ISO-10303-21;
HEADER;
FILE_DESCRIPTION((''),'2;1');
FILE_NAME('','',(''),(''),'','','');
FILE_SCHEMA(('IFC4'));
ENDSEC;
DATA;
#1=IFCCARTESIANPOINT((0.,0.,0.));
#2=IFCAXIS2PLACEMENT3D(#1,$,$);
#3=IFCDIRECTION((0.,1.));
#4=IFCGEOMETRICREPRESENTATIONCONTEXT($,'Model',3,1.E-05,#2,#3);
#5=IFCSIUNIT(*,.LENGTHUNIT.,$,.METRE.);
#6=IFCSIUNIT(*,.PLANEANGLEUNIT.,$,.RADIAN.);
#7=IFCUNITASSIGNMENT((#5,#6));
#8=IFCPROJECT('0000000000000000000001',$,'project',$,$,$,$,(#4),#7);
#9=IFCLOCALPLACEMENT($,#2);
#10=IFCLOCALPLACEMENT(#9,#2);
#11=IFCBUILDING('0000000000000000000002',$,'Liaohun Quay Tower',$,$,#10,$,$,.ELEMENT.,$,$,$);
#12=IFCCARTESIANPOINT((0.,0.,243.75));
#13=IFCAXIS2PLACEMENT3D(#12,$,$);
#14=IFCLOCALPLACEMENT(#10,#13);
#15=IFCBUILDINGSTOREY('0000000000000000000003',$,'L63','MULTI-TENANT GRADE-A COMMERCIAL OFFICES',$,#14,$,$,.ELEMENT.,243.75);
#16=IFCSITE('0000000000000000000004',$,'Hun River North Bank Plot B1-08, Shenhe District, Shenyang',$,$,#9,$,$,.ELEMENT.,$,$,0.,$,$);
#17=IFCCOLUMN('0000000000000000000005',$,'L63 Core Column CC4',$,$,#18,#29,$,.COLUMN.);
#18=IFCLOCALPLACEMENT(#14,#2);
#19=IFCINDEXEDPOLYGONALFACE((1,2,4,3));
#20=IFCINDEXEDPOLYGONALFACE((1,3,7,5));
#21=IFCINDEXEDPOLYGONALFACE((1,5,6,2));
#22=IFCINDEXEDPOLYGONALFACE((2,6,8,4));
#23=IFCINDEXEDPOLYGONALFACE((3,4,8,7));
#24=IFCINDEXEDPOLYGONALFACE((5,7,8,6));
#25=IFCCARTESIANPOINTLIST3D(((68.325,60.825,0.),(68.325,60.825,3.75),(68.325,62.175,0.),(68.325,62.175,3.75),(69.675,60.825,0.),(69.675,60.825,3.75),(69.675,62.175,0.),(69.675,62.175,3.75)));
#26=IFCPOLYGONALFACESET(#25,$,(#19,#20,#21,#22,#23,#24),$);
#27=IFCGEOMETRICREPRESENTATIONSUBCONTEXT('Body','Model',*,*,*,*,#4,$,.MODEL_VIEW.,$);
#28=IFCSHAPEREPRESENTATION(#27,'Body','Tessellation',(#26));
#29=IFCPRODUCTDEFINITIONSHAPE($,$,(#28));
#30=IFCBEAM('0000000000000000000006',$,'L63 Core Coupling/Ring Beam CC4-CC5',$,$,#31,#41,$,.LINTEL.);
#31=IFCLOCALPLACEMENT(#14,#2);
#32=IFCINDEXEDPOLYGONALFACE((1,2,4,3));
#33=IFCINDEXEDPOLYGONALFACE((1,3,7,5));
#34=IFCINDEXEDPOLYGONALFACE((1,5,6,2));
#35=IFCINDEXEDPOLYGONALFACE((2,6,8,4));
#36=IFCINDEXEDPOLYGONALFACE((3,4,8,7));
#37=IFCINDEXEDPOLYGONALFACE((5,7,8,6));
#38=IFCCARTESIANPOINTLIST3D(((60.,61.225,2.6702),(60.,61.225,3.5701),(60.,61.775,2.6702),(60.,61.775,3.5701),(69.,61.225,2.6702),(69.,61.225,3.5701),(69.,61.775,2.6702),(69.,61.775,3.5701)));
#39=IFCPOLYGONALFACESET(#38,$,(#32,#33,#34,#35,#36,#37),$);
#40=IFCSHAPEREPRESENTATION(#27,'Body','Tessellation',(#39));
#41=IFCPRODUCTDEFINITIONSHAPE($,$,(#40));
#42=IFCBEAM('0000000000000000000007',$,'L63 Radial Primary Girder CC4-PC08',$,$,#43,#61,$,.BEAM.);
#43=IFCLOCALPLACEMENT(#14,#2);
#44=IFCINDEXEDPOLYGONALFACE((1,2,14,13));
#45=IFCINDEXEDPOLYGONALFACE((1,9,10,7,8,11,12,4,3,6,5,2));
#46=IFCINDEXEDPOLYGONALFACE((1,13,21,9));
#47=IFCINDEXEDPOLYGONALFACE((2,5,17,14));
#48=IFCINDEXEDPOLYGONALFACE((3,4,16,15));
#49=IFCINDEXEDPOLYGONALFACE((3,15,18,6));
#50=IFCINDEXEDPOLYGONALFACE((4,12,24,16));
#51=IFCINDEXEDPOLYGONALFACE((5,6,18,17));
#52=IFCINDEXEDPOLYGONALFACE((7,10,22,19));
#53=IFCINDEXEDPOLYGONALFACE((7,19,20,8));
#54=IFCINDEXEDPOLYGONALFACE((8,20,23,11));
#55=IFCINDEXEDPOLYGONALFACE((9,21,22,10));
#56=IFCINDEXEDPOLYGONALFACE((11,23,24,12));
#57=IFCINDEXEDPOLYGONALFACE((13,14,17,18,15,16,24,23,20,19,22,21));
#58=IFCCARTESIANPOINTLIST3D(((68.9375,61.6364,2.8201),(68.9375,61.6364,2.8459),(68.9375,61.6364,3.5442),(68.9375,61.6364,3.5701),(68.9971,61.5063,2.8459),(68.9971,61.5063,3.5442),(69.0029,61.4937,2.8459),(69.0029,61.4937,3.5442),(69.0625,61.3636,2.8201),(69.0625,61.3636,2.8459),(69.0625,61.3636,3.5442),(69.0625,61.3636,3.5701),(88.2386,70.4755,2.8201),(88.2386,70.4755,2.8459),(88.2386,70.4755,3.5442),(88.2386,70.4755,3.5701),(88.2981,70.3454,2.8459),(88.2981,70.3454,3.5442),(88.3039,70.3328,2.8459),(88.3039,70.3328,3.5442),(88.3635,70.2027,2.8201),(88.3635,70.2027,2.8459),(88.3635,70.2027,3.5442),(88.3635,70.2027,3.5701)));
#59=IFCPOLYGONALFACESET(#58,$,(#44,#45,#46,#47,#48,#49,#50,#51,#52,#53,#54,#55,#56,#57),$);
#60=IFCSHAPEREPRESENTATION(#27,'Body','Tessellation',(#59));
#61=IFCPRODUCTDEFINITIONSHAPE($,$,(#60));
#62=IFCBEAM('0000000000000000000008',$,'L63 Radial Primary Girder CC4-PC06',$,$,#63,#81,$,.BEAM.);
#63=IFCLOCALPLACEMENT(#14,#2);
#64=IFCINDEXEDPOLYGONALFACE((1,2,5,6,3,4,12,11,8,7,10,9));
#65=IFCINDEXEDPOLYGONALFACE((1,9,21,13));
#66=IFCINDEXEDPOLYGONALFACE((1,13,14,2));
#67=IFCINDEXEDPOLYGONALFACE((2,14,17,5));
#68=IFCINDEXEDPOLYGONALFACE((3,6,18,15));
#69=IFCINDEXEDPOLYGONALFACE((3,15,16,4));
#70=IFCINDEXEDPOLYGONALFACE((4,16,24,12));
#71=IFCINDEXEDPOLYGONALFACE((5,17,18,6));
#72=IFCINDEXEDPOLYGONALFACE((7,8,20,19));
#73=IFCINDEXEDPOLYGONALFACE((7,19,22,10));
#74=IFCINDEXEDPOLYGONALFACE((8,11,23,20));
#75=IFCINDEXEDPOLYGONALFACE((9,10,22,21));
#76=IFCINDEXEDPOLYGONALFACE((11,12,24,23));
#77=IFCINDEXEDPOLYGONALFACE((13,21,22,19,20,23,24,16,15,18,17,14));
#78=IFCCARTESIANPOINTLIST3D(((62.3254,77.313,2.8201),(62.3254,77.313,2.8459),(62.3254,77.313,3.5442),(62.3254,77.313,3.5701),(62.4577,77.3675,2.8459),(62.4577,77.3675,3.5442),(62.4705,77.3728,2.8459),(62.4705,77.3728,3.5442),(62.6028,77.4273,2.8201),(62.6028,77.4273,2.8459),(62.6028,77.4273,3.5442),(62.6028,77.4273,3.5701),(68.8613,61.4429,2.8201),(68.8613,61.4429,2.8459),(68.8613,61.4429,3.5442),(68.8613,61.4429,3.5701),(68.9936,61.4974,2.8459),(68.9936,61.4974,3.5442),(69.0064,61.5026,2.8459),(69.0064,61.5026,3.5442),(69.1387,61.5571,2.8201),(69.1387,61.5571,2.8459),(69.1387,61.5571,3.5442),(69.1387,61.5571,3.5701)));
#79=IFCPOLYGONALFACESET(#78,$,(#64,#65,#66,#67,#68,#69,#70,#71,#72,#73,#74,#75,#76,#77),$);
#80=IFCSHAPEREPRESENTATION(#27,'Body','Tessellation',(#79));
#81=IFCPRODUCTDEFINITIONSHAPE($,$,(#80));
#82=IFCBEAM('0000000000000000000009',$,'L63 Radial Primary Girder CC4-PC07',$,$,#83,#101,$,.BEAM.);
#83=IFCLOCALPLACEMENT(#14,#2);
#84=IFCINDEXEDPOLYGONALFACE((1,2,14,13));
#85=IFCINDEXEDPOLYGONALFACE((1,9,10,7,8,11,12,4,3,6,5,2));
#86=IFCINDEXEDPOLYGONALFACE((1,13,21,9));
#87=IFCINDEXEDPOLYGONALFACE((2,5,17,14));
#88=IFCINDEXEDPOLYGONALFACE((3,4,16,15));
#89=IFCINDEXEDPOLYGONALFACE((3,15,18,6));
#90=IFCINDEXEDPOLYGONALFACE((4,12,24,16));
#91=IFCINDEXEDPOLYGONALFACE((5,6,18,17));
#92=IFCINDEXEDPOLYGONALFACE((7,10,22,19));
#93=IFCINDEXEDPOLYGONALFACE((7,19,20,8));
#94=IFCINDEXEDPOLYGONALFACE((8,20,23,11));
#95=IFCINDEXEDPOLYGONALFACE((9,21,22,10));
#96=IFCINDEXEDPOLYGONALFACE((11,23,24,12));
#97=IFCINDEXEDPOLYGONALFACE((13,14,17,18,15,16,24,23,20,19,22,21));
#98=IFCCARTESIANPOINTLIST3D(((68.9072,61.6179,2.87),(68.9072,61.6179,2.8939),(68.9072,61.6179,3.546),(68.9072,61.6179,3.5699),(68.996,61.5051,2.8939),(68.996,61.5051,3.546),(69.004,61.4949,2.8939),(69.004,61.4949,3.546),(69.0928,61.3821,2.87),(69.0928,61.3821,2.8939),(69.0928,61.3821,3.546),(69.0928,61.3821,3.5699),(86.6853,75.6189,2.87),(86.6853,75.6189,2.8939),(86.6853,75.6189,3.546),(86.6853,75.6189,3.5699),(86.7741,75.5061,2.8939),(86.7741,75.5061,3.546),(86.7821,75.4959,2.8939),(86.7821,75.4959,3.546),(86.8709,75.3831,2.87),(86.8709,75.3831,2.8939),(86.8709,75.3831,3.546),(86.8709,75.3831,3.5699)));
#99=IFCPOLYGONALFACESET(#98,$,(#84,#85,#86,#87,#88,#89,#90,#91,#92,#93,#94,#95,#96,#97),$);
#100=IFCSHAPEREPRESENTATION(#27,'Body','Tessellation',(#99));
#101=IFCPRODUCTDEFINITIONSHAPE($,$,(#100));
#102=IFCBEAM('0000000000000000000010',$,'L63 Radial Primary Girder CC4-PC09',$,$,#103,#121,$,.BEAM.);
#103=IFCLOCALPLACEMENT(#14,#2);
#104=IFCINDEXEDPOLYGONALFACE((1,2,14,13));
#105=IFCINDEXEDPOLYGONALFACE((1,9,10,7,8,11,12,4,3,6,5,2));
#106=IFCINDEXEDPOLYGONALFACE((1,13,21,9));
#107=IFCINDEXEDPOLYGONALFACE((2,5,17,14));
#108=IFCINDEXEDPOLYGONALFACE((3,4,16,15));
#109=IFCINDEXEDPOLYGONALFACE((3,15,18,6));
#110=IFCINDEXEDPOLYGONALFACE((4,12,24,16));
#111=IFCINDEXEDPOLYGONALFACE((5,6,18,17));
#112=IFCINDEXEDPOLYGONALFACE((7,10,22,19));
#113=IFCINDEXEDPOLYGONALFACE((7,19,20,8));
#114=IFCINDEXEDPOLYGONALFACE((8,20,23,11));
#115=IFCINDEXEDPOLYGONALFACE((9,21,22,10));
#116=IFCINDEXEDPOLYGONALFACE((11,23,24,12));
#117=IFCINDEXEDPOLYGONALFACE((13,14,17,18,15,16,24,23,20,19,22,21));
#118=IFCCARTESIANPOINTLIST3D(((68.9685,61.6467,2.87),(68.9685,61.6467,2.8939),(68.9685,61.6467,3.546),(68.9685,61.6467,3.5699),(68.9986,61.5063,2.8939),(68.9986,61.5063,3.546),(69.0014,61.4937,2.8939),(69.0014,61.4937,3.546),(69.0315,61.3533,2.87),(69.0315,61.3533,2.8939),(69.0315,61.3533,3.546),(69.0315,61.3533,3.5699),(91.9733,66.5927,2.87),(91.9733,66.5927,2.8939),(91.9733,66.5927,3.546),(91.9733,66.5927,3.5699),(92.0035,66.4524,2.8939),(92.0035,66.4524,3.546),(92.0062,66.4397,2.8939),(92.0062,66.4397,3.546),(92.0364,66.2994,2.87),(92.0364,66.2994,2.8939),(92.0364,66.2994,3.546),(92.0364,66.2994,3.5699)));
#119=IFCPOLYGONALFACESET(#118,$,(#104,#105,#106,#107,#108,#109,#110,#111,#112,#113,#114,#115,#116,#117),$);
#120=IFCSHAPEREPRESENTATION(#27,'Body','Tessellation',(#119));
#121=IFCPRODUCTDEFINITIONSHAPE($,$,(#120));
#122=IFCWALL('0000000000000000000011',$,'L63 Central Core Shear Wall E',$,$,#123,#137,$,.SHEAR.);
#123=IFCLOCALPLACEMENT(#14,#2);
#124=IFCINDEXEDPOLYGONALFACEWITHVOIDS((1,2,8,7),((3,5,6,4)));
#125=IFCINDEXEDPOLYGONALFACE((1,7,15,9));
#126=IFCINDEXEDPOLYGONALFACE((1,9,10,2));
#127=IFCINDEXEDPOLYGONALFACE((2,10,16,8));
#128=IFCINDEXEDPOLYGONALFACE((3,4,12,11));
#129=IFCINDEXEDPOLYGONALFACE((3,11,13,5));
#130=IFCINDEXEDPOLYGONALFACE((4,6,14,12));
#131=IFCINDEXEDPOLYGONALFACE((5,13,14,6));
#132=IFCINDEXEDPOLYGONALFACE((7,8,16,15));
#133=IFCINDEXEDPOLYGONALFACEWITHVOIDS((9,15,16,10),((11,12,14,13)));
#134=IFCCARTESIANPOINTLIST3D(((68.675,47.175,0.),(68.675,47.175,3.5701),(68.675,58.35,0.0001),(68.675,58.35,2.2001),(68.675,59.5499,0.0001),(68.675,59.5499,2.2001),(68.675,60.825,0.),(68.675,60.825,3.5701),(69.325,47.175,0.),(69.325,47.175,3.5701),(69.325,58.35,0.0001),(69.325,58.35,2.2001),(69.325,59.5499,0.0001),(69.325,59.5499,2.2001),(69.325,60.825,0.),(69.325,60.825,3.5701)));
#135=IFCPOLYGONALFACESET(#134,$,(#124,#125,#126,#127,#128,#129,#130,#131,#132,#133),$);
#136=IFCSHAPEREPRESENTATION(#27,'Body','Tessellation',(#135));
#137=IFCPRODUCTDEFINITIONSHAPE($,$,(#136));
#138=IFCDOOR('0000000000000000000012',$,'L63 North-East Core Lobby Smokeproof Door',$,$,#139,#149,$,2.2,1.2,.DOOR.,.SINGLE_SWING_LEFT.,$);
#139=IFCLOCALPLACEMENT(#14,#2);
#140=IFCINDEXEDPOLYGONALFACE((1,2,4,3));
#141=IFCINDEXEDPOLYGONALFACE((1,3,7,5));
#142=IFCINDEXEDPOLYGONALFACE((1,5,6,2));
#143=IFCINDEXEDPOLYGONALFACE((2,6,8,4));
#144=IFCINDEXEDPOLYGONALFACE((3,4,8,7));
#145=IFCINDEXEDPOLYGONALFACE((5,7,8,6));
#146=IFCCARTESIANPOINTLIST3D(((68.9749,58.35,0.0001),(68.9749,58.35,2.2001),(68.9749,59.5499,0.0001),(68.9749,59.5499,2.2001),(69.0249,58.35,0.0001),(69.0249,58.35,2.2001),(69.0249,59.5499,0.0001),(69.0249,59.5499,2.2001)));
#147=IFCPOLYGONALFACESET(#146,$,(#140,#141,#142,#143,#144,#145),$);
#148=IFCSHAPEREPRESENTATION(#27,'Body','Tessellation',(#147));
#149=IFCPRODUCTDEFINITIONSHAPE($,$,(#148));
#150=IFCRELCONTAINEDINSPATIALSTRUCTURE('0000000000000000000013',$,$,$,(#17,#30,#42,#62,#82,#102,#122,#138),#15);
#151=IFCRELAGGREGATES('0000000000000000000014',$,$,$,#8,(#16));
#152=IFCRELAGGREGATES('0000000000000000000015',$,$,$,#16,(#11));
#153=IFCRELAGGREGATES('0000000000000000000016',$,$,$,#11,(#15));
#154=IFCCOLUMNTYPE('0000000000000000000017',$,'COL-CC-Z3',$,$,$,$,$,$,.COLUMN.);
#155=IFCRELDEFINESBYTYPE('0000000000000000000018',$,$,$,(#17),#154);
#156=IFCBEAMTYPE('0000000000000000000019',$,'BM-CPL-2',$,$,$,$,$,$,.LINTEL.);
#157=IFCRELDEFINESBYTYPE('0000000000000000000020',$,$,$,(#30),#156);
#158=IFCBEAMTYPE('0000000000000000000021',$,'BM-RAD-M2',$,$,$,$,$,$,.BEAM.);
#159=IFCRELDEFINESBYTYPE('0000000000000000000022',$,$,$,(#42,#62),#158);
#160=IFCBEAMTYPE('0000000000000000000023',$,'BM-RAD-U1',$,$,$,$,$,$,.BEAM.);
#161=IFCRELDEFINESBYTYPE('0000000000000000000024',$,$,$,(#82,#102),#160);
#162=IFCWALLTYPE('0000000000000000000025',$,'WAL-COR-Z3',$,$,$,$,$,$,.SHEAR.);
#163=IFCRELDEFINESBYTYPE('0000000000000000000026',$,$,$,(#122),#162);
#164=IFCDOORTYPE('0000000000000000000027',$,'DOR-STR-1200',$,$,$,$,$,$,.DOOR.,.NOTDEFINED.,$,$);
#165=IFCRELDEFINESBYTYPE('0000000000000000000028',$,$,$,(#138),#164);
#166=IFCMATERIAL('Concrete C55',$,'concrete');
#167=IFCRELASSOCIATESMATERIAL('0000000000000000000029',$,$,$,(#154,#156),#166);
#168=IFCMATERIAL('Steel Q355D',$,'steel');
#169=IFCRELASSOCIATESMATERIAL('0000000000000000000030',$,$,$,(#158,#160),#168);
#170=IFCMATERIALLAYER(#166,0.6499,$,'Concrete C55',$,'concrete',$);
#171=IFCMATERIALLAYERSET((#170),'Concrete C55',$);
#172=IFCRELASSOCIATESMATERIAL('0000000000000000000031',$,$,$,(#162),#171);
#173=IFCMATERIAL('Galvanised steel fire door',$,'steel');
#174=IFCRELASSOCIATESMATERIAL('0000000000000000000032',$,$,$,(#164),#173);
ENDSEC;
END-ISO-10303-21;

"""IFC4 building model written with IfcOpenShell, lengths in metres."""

from ifc_helpers import new_model, si_unit, direction, frame, frame_2d, origin, origin_2d, place, context, subcontext, project, spatial, rectangle, i_section, extrude, source, transform, mapped, material, layer, layer_set, material_profile, profile_set, type_object, element, fill, save


model = new_model("IFC4")

# Units and contexts
model_context = context("Model", 3, precision=1e-05, world=origin(), true_north=direction((0.0, 1.0)))
body_context = subcontext(model_context, "Body", "Model", "MODEL_VIEW")
ifc_project = project(units=[si_unit("LENGTHUNIT", "METRE"), si_unit("PLANEANGLEUNIT", "RADIAN")], contexts=[model_context])

# Site, building, storey
site_placement = place(None, origin())
site = spatial("IfcSite", under=ifc_project, at=site_placement, Name="Hun River North Bank Plot B1-08, Shenhe District, Shenyang", CompositionType="ELEMENT", RefElevation=0.0)
building_placement = place(site_placement, origin())
building = spatial("IfcBuilding", under=site, at=building_placement, Name="Liaohun Quay Tower", CompositionType="ELEMENT")
storey_placement = place(building_placement, frame((0.0, 0.0, 243.75)))
storey = spatial("IfcBuildingStorey", under=building, at=storey_placement, Name="L63", Description="MULTI-TENANT GRADE-A COMMERCIAL OFFICES", CompositionType="ELEMENT", Elevation=243.75)

# Column
ifc_material_1 = material(Name="Concrete C55", Category="concrete")
ifc_material_profile_1 = material_profile(ifc_material_1, rectangle(XDim=1.3501, YDim=1.3501, at=origin_2d()), Name="RC1350x1350")
ifc_profile_set_1 = profile_set([ifc_material_profile_1], Name="Concrete C55")
column_type = type_object("IfcColumnType", Name="COL-CC-Z3", PredefinedType="COLUMN", material=ifc_profile_set_1)
shared_shape_1 = source(origin(), body_context, "Body", "SweptSolid", [
    extrude(rectangle(XDim=1.3501, YDim=1.3501, at=origin_2d()), origin(), (0.0, 0.0, 1.0), 3.75),
])
column_placement = place(storey_placement, frame((69.0, 61.5, 0.0), z_axis=(0.0, 0.0, 1.0), x_axis=(1.0, 0.0, 0.0)))
element("IfcColumn", 1, at=column_placement, inside=storey, type_object=column_type, Name="L63 Core Column CC4", PredefinedType="COLUMN", context=body_context, shape_type="MappedRepresentation", body=[
    mapped(shared_shape_1, transform((0.0, 0.0, 0.0), x_axis=(1.0, 0.0, 0.0), y_axis=(0.0, 1.0, 0.0), z_axis=(0.0, 0.0, 1.0), scale=1.0)),
])

# Beams
ifc_material_profile_2 = material_profile(ifc_material_1, rectangle(XDim=0.55, YDim=0.8999, at=origin_2d()), Name="RC550x900")
ifc_profile_set_2 = profile_set([ifc_material_profile_2], Name="Concrete C55")
beam_type_1 = type_object("IfcBeamType", Name="BM-CPL-2", PredefinedType="LINTEL", material=ifc_profile_set_2)
shared_shape_2 = source(origin(), body_context, "Body", "SweptSolid", [
    extrude(rectangle(XDim=0.55, YDim=0.8999, at=origin_2d()), origin(), (0.0, 0.0, 1.0), 9.0),
])
beam_1_placement = place(storey_placement, frame((69.0, 61.5, 3.1201), z_axis=(-1.0, 0.0, 0.0), x_axis=(0.0, -1.0, 0.0)))
element("IfcBeam", 2, at=beam_1_placement, inside=storey, type_object=beam_type_1, Name="L63 Core Coupling/Ring Beam CC4-CC5", PredefinedType="LINTEL", context=body_context, shape_type="MappedRepresentation", body=[
    mapped(shared_shape_2, transform((0.0, 0.0, 0.0), x_axis=(1.0, 0.0, 0.0), y_axis=(0.0, 1.0, 0.0), z_axis=(0.0, 0.0, 1.0), scale=1.0)),
])
ifc_material_2 = material(Name="Steel Q355D", Category="steel")
ifc_material_profile_3 = material_profile(ifc_material_2, i_section(OverallWidth=0.3, OverallDepth=0.75, WebThickness=0.0139, FlangeThickness=0.0259, at=origin_2d()), Name="HN750x300x14x26")
ifc_profile_set_3 = profile_set([ifc_material_profile_3], Name="Steel Q355D")
beam_type_2 = type_object("IfcBeamType", Name="BM-RAD-M2", PredefinedType="BEAM", material=ifc_profile_set_3)
shared_shape_3 = source(origin(), body_context, "Body", "SweptSolid", [
    extrude(i_section(OverallWidth=0.3, OverallDepth=0.75, WebThickness=0.0139, FlangeThickness=0.0259, at=origin_2d()), origin(), (0.0, 0.0, 1.0), 21.2288),
])
beam_2_placement = place(storey_placement, frame((69.0, 61.5, 3.1951), z_axis=(0.909193, 0.416375, 0.0), x_axis=(-0.416375, 0.909193, 0.0)))
element("IfcBeam", 3, at=beam_2_placement, inside=storey, type_object=beam_type_2, Name="L63 Radial Primary Girder CC4-PC08", PredefinedType="BEAM", context=body_context, shape_type="MappedRepresentation", body=[
    mapped(shared_shape_3, transform((0.0, 0.0, 0.0), x_axis=(1.0, 0.0, 0.0), y_axis=(0.0, 1.0, 0.0), z_axis=(0.0, 0.0, 1.0), scale=1.0)),
])
shared_shape_4 = source(origin(), body_context, "Body", "SweptSolid", [
    extrude(i_section(OverallWidth=0.3, OverallDepth=0.75, WebThickness=0.0139, FlangeThickness=0.0259, at=origin_2d()), origin(), (0.0, 0.0, 1.0), 17.1633),
])
beam_3_placement = place(storey_placement, frame((69.0, 61.5, 3.1951), z_axis=(-0.380806, 0.924655, 0.0), x_axis=(-0.924655, -0.380806, 0.0)))
element("IfcBeam", 4, at=beam_3_placement, inside=storey, type_object=beam_type_2, Name="L63 Radial Primary Girder CC4-PC06", PredefinedType="BEAM", context=body_context, shape_type="MappedRepresentation", body=[
    mapped(shared_shape_4, transform((0.0, 0.0, 0.0), x_axis=(1.0, 0.0, 0.0), y_axis=(0.0, 1.0, 0.0), z_axis=(0.0, 0.0, 1.0), scale=1.0)),
])
ifc_material_profile_4 = material_profile(ifc_material_2, i_section(OverallWidth=0.3, OverallDepth=0.7, WebThickness=0.0129, FlangeThickness=0.0239, at=origin_2d()), Name="HN700x300x13x24")
ifc_profile_set_4 = profile_set([ifc_material_profile_4], Name="Steel Q355D")
beam_type_3 = type_object("IfcBeamType", Name="BM-RAD-U1", PredefinedType="BEAM", material=ifc_profile_set_4)
shared_shape_5 = source(origin(), body_context, "Body", "SweptSolid", [
    extrude(i_section(OverallWidth=0.3, OverallDepth=0.7, WebThickness=0.0129, FlangeThickness=0.0239, at=origin_2d()), origin(), (0.0, 0.0, 1.0), 22.6294),
])
beam_4_placement = place(storey_placement, frame((69.0, 61.5, 3.22), z_axis=(0.78562, 0.618709, 0.0), x_axis=(-0.618709, 0.78562, 0.0)))
element("IfcBeam", 5, at=beam_4_placement, inside=storey, type_object=beam_type_3, Name="L63 Radial Primary Girder CC4-PC07", PredefinedType="BEAM", context=body_context, shape_type="MappedRepresentation", body=[
    mapped(shared_shape_5, transform((0.0, 0.0, 0.0), x_axis=(1.0, 0.0, 0.0), y_axis=(0.0, 1.0, 0.0), z_axis=(0.0, 0.0, 1.0), scale=1.0)),
])
shared_shape_6 = source(origin(), body_context, "Body", "SweptSolid", [
    extrude(i_section(OverallWidth=0.3, OverallDepth=0.7, WebThickness=0.0129, FlangeThickness=0.0239, at=origin_2d()), origin(), (0.0, 0.0, 1.0), 23.5305),
])
beam_5_placement = place(storey_placement, frame((69.0, 61.5, 3.22), z_axis=(0.977659, 0.210197, 0.0), x_axis=(-0.210197, 0.977659, 0.0)))
element("IfcBeam", 6, at=beam_5_placement, inside=storey, type_object=beam_type_3, Name="L63 Radial Primary Girder CC4-PC09", PredefinedType="BEAM", context=body_context, shape_type="MappedRepresentation", body=[
    mapped(shared_shape_6, transform((0.0, 0.0, 0.0), x_axis=(1.0, 0.0, 0.0), y_axis=(0.0, 1.0, 0.0), z_axis=(0.0, 0.0, 1.0), scale=1.0)),
])

# Wall, opening, door
ifc_layer_1 = layer(ifc_material_1, 0.6499, Name="Concrete C55", Category="concrete")
ifc_layer_set_1 = layer_set([ifc_layer_1], Name="Concrete C55")
wall_type_1 = type_object("IfcWallType", Name="WAL-COR-Z3", PredefinedType="SHEAR", material=ifc_layer_set_1)
wall_1_placement = place(storey_placement, frame((69.0, 60.825, 0.0), z_axis=(0.0, 0.0, 1.0), x_axis=(0.0, -1.0, 0.0)))
wall_1 = element("IfcWall", 7, at=wall_1_placement, inside=storey, type_object=wall_type_1, Name="L63 Central Core Shear Wall E", PredefinedType="SHEAR", context=body_context, shape_type="SweptSolid", body=[
    extrude(rectangle(XDim=13.6499, YDim=0.6499, at=frame_2d((6.825, 0.0))), origin(), (0.0, 0.0, 1.0), 3.5701),
])
shared_shape_7 = source(origin(), body_context, "Body", "SweptSolid", [
    extrude(rectangle(XDim=1.2, YDim=2.2, at=frame_2d((0.6001, 1.1001))), frame((0.0, 0.335, 0.0), z_axis=(0.0, -1.0, 0.0), x_axis=(1.0, 0.0, 0.0)), (0.0, 0.0, 1.0), 0.6699),
])
opening_1_placement = place(wall_1_placement, frame((1.2749, 0.0, 0.0)))
opening_1 = element("IfcOpeningElement", 8, at=opening_1_placement, cuts=wall_1, PredefinedType="OPENING", context=body_context, shape_type="MappedRepresentation", body=[
    mapped(shared_shape_7, transform((0.0, 0.0, 0.0), x_axis=(1.0, 0.0, 0.0), y_axis=(0.0, 1.0, 0.0), z_axis=(0.0, 0.0, 1.0), scale=1.0)),
])
ifc_material_3 = material(Name="Galvanised steel fire door", Category="steel")
door_type_1 = type_object("IfcDoorType", Name="DOR-STR-1200", OperationType="NOTDEFINED", PredefinedType="DOOR", material=ifc_material_3)
shared_shape_8 = source(origin(), body_context, "Body", "SweptSolid", [
    extrude(rectangle(XDim=1.2, YDim=2.2, at=frame_2d((0.6001, 1.1001))), frame((0.0, 0.0249, 0.0), z_axis=(0.0, -1.0, 0.0), x_axis=(1.0, 0.0, 0.0)), (0.0, 0.0, 1.0), 0.05),
])
door_1_placement = place(opening_1_placement, origin())
door_1 = element("IfcDoor", 9, at=door_1_placement, inside=storey, type_object=door_type_1, Name="L63 North-East Core Lobby Smokeproof Door", OperationType="SINGLE_SWING_LEFT", OverallHeight=2.2, OverallWidth=1.2, PredefinedType="DOOR", context=body_context, shape_type="MappedRepresentation", body=[
    mapped(shared_shape_8, transform((0.0, 0.0, 0.0), x_axis=(1.0, 0.0, 0.0), y_axis=(0.0, 1.0, 0.0), z_axis=(0.0, 0.0, 1.0), scale=1.0)),
])
fill(opening_1, door_1)

save(model, "model.ifc")
